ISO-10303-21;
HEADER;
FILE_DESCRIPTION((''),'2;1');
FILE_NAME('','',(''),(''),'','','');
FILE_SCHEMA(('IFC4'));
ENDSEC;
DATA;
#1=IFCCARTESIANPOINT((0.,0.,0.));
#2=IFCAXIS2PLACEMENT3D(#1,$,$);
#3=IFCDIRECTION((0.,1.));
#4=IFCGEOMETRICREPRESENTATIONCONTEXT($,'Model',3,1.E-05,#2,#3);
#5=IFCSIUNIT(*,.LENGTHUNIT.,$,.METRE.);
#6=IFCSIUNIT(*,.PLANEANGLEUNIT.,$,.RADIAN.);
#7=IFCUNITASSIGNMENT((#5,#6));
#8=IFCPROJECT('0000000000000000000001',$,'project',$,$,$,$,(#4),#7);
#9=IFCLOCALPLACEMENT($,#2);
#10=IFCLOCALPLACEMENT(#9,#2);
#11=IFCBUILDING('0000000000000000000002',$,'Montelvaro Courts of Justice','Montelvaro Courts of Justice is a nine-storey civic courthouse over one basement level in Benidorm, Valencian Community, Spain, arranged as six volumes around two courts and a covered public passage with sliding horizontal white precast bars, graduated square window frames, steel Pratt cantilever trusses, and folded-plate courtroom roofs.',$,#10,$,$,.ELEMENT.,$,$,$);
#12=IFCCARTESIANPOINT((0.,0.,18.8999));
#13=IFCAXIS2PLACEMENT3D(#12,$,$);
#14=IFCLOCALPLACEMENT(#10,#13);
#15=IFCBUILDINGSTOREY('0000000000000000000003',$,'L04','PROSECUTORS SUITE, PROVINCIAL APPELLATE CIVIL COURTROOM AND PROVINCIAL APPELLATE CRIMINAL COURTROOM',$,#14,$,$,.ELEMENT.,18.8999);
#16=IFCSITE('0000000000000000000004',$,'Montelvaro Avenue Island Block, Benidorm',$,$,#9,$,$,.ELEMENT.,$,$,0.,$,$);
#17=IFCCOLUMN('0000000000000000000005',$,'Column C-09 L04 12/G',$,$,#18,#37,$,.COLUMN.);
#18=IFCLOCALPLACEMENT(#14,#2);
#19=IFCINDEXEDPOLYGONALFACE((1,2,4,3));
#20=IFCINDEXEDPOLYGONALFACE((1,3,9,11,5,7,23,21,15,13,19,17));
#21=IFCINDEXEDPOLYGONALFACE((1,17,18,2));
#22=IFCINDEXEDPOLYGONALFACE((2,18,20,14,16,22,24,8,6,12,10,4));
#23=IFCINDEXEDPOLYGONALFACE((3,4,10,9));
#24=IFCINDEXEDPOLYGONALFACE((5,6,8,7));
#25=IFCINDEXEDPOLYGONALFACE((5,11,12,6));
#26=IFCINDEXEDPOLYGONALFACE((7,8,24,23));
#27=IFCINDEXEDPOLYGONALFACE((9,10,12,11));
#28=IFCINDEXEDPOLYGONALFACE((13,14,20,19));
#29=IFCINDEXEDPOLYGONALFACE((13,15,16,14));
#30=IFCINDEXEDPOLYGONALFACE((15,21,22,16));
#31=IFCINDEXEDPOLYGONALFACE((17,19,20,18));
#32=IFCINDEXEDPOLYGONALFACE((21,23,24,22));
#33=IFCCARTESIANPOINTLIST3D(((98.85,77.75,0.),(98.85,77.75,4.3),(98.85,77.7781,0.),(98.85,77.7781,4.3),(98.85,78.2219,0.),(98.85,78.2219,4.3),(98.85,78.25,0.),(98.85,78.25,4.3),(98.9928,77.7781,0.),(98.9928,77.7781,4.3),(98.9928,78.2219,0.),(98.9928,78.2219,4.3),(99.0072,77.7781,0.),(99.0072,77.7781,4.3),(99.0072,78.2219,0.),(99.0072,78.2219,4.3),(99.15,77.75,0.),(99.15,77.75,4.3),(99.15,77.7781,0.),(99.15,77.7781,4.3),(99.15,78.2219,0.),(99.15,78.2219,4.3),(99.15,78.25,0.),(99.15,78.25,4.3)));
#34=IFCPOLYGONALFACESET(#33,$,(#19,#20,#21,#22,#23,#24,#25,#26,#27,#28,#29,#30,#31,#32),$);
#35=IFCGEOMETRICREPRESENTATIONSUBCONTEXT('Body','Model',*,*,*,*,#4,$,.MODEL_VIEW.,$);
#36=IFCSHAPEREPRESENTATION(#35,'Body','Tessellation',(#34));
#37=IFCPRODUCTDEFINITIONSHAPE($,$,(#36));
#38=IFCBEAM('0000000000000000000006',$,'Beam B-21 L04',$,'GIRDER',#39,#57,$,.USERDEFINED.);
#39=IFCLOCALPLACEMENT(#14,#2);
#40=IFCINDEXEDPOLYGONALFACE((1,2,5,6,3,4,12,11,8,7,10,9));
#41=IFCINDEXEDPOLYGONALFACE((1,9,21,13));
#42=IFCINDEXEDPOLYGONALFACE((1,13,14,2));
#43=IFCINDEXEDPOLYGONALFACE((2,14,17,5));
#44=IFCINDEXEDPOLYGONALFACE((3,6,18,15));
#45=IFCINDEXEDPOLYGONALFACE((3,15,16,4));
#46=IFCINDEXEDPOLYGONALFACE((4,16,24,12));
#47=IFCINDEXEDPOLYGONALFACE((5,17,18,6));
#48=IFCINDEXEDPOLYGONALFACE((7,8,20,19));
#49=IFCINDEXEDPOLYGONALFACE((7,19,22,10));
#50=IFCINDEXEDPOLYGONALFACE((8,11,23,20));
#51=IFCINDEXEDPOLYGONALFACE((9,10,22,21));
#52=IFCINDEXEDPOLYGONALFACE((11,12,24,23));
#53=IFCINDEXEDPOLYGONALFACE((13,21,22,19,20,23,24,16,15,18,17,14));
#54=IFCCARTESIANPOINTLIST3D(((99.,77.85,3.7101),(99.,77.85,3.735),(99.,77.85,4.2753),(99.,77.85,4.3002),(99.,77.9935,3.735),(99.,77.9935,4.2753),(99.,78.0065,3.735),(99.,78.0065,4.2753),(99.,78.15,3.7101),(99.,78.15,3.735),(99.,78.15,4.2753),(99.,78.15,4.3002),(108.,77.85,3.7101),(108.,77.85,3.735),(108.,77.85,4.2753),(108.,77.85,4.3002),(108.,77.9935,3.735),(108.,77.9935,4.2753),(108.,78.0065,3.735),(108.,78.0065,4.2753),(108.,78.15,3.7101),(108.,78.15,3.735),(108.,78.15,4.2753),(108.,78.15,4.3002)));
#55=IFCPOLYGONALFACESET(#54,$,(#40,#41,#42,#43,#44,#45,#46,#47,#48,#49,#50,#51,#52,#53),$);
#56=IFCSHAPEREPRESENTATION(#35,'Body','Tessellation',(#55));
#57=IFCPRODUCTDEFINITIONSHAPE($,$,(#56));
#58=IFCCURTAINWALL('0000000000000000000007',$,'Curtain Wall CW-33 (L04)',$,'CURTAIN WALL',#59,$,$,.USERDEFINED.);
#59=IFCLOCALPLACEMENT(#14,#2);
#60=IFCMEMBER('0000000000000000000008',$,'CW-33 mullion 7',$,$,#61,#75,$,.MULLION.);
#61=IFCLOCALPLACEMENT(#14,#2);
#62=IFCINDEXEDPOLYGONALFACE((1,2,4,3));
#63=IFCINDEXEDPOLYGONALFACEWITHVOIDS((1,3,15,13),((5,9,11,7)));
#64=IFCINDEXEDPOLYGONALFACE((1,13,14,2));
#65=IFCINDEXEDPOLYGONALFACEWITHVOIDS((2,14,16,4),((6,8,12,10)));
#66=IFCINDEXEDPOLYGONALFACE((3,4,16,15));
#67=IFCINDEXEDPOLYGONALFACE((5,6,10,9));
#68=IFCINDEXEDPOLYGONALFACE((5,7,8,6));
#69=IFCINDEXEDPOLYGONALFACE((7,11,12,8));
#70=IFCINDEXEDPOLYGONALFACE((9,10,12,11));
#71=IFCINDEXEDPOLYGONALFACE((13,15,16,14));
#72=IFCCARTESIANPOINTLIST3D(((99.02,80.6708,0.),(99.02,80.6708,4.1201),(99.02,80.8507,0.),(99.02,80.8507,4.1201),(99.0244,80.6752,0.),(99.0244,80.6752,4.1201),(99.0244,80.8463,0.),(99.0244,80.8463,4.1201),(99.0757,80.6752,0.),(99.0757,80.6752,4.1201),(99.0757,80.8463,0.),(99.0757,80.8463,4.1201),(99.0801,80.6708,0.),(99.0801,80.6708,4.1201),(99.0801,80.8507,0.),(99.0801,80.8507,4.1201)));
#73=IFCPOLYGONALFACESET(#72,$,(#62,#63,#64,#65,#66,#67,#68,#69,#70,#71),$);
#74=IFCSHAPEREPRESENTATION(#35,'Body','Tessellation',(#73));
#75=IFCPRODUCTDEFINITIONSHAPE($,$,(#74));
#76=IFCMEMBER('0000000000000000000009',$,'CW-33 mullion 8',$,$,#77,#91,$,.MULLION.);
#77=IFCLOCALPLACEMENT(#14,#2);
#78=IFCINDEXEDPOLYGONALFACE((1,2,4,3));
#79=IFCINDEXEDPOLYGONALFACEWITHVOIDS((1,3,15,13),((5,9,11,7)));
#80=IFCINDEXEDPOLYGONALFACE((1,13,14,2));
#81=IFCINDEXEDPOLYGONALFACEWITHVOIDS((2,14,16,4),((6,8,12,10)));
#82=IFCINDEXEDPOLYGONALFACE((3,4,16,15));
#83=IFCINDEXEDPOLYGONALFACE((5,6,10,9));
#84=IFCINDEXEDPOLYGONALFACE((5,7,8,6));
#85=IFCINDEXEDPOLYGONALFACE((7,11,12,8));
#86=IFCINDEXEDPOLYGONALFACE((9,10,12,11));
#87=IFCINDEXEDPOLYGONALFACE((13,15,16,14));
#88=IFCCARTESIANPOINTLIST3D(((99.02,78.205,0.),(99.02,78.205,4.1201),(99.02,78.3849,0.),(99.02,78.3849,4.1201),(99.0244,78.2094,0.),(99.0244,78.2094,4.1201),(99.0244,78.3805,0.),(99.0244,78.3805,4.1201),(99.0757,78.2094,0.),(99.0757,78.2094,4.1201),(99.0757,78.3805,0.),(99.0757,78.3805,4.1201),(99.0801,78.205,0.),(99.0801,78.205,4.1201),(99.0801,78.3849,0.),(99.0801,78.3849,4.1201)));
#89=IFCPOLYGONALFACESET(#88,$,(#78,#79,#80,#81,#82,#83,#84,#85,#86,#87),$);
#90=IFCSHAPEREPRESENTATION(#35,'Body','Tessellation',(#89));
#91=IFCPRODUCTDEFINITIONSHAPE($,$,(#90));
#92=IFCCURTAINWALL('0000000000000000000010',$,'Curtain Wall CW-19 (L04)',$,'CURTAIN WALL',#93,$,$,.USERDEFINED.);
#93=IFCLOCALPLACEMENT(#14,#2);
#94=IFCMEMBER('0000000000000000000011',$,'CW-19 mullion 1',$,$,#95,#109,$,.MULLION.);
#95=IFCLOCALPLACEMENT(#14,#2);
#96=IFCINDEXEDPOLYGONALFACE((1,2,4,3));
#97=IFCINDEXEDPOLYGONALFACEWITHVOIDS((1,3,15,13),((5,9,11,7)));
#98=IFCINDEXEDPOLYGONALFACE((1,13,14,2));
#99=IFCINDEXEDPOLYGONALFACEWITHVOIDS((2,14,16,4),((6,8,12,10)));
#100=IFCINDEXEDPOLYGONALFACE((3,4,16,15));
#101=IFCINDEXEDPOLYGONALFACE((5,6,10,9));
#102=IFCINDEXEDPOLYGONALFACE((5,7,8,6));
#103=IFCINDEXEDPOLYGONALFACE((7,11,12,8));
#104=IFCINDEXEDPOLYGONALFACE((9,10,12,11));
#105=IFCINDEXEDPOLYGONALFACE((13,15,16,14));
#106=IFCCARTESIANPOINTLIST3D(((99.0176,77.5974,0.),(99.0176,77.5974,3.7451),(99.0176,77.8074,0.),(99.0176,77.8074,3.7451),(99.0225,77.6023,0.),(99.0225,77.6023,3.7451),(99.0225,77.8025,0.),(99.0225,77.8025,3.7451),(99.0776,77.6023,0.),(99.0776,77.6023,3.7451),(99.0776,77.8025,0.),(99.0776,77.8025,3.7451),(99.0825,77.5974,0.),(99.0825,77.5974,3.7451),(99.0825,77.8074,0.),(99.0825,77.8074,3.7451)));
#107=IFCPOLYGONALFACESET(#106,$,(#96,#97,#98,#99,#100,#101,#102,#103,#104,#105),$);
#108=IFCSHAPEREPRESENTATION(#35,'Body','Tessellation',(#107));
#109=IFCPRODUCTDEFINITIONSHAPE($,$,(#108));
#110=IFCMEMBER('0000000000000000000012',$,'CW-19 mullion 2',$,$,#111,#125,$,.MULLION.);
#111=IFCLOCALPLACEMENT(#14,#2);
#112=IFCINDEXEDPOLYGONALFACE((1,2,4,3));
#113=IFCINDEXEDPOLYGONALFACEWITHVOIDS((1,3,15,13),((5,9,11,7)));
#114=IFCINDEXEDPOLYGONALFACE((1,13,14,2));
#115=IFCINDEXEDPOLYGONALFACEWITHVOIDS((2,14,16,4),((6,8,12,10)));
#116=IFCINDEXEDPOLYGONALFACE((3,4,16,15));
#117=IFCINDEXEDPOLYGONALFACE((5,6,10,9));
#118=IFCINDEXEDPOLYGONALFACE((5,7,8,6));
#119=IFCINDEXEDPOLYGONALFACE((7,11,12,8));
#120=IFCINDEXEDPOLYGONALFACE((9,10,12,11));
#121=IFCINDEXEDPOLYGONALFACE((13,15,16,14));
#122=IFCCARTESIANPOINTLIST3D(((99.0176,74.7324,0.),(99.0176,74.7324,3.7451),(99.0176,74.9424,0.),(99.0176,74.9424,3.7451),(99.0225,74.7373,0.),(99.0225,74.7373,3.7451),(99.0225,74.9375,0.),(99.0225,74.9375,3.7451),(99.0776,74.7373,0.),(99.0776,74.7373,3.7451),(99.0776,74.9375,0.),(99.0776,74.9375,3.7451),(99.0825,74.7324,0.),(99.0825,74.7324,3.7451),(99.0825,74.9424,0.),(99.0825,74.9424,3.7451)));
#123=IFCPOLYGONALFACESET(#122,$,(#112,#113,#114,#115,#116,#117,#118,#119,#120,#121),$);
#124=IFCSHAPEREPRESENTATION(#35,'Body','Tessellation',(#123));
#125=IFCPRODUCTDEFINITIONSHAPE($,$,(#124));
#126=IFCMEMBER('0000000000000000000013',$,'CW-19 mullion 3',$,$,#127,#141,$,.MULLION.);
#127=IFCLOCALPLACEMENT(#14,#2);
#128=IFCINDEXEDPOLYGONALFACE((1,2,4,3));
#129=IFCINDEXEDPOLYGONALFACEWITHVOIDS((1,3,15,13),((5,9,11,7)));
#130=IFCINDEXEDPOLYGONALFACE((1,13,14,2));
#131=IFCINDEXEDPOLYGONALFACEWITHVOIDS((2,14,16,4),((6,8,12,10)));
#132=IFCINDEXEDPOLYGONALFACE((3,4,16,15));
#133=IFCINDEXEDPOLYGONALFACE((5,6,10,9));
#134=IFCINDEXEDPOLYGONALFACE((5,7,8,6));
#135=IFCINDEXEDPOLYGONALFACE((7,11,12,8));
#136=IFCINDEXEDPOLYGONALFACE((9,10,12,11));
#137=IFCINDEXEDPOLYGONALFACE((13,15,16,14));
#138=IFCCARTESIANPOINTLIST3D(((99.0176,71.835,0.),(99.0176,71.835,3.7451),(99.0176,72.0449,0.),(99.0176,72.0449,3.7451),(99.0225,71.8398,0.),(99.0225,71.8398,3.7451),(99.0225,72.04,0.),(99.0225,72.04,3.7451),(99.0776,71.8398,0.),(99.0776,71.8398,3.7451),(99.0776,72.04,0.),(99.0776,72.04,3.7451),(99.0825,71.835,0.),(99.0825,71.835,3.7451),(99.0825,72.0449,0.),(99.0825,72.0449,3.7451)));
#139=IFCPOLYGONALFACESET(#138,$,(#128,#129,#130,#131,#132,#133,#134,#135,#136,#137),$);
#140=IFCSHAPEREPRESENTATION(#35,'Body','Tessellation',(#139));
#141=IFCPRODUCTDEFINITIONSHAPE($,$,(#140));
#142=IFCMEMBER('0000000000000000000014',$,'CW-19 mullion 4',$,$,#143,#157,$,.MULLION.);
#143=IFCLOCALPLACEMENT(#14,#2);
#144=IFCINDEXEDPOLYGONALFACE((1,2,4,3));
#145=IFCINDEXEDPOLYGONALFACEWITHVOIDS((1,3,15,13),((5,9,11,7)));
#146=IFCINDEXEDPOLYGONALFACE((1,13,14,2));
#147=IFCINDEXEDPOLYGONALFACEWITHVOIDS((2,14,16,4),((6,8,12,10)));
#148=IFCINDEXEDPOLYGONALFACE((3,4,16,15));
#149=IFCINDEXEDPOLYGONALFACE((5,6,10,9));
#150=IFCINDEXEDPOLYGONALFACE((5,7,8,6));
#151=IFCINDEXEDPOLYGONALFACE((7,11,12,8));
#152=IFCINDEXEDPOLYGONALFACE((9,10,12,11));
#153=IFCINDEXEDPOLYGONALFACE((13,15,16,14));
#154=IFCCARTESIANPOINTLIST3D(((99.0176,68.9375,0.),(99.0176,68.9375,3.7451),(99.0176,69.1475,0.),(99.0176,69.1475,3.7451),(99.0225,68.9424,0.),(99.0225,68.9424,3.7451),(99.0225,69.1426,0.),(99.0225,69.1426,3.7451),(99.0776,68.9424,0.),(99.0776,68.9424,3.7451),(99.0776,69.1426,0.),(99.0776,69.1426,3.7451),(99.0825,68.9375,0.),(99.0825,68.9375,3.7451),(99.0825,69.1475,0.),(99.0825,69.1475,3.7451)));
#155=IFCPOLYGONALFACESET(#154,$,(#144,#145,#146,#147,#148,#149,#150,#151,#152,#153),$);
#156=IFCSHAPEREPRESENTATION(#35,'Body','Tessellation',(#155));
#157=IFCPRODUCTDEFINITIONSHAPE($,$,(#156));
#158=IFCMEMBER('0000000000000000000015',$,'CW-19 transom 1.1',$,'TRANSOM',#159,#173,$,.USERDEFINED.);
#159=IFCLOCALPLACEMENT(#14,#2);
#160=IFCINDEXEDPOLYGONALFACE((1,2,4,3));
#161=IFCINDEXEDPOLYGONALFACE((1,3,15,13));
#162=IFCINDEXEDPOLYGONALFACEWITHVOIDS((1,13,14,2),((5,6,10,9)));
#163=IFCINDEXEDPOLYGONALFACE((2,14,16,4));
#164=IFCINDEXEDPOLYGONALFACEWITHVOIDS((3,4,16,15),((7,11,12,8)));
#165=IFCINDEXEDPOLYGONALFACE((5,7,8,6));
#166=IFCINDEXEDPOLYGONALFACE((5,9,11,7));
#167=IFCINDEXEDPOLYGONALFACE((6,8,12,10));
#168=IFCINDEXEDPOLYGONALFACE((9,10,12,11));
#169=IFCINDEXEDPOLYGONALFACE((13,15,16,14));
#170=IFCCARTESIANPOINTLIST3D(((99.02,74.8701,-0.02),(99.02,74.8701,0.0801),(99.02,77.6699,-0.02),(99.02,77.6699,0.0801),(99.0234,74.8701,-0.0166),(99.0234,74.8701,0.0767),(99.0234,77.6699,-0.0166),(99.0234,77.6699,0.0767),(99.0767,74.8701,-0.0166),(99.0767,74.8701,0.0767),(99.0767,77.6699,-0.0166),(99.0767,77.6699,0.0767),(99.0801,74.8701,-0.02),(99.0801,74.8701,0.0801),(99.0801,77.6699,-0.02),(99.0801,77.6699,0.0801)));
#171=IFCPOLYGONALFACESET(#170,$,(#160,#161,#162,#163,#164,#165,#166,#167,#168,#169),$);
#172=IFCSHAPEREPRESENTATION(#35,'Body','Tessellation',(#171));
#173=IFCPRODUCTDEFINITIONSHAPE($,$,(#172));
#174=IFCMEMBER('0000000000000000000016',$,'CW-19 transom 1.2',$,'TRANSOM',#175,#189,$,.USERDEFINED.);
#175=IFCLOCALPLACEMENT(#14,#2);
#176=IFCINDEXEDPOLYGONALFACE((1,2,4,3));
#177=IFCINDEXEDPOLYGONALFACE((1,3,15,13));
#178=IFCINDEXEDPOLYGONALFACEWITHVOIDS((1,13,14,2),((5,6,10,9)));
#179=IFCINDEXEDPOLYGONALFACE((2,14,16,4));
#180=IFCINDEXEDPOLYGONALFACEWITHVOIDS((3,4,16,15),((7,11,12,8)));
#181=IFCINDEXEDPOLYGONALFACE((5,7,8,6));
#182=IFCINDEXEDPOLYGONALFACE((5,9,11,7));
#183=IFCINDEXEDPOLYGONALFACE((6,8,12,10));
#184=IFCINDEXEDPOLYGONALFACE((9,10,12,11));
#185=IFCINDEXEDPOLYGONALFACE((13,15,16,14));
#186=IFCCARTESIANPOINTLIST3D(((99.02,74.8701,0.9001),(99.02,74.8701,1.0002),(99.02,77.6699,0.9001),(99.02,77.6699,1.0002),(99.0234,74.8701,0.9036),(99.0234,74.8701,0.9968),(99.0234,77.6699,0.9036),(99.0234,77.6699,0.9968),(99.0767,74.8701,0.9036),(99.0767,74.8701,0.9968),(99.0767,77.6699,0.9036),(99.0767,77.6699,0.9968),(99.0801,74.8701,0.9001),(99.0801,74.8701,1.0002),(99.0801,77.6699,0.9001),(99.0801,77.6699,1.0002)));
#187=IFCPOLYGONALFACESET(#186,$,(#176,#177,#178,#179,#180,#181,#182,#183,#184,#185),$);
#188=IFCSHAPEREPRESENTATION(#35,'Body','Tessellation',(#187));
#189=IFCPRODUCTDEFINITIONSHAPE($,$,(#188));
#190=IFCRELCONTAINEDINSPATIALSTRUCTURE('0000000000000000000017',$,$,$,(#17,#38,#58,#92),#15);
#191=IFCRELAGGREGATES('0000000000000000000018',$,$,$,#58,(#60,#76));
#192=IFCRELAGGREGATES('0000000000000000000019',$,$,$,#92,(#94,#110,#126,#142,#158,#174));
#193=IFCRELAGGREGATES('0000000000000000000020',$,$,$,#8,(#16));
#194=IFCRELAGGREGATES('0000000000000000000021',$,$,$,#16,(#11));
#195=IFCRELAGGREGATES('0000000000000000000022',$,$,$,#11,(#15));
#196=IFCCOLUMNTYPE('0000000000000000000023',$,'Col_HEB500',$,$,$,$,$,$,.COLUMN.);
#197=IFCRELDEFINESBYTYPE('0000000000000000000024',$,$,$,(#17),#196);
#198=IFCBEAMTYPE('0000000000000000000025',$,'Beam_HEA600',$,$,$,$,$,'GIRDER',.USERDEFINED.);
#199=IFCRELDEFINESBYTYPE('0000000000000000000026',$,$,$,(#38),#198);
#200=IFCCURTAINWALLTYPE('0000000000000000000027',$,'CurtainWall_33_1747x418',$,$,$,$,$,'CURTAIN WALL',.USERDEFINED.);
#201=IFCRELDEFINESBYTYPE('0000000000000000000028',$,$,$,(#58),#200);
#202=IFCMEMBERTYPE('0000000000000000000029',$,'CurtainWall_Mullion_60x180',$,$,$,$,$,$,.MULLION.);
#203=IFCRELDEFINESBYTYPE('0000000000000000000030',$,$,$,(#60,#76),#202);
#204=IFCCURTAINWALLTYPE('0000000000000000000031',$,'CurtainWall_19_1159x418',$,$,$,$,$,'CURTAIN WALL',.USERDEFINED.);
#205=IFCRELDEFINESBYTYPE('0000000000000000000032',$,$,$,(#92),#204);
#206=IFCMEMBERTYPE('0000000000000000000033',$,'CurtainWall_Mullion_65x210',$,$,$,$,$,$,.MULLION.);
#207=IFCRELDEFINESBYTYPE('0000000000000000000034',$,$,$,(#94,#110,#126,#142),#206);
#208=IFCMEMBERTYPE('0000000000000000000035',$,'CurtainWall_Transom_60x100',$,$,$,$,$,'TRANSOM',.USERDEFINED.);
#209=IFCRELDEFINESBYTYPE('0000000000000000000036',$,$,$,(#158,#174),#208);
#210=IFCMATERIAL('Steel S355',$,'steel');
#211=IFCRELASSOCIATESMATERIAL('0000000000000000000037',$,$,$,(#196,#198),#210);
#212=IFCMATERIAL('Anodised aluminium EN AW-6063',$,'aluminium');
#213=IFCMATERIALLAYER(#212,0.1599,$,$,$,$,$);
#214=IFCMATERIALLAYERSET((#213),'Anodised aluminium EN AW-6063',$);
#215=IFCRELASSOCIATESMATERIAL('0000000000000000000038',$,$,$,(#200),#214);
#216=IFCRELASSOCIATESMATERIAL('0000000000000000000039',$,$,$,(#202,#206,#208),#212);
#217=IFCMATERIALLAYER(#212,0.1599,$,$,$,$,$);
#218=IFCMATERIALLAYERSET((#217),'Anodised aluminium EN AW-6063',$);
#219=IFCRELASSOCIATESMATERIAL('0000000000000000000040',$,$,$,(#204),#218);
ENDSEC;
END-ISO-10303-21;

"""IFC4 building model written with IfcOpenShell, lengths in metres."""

from ifc_helpers import new_model, si_unit, direction, frame, origin, origin_2d, place, context, subcontext, project, spatial, hollow_rectangle, i_section, extrude, material, layer, layer_set, material_profile, profile_set, type_object, element, aggregate, save


model = new_model("IFC4")

# Units and contexts
model_context = context("Model", 3, precision=1e-05, world=origin(), true_north=direction((0.0, 1.0)))
body_context = subcontext(model_context, "Body", "Model", "MODEL_VIEW")
ifc_project = project(units=[si_unit("LENGTHUNIT", "METRE"), si_unit("PLANEANGLEUNIT", "RADIAN")], contexts=[model_context])

# Site, building, storey
site_placement = place(None, origin())
site = spatial("IfcSite", under=ifc_project, at=site_placement, Name="Montelvaro Avenue Island Block, Benidorm", CompositionType="ELEMENT", RefElevation=0.0)
building_placement = place(site_placement, origin())
building = spatial("IfcBuilding", under=site, at=building_placement, Name="Montelvaro Courts of Justice", Description="Montelvaro Courts of Justice is a nine-storey civic courthouse over one basement level in Benidorm, Valencian Community, Spain, arranged as six volumes around two courts and a covered public passage with sliding horizontal white precast bars, graduated square window frames, steel Pratt cantilever trusses, and folded-plate courtroom roofs.", CompositionType="ELEMENT")
storey_placement = place(building_placement, frame((0.0, 0.0, 18.8999)))
storey = spatial("IfcBuildingStorey", under=building, at=storey_placement, Name="L04", Description="PROSECUTORS SUITE, PROVINCIAL APPELLATE CIVIL COURTROOM AND PROVINCIAL APPELLATE CRIMINAL COURTROOM", CompositionType="ELEMENT", Elevation=18.8999)

# Column
ifc_material_1 = material(Name="Steel S355", Category="steel")
ifc_material_profile_1 = material_profile(ifc_material_1, i_section(OverallWidth=0.3, OverallDepth=0.5, WebThickness=0.0144, FlangeThickness=0.0281, at=origin_2d()), Name="HEB 500")
ifc_profile_set_1 = profile_set([ifc_material_profile_1], Name="Steel S355")
column_type = type_object("IfcColumnType", Name="Col_HEB500", PredefinedType="COLUMN", material=ifc_profile_set_1)
column_placement = place(storey_placement, frame((99.0, 78.0, 0.0), z_axis=(0.0, 0.0, 1.0), x_axis=(1.0, 0.0, 0.0)))
element("IfcColumn", 1, at=column_placement, inside=storey, type_object=column_type, Name="Column C-09 L04 12/G", PredefinedType="COLUMN", context=body_context, shape_type="SweptSolid", body=[
    extrude(i_section(OverallWidth=0.3, OverallDepth=0.5, WebThickness=0.0144, FlangeThickness=0.0281, at=origin_2d()), origin(), (0.0, 0.0, 1.0), 4.3),
])

# Beam
ifc_material_profile_2 = material_profile(ifc_material_1, i_section(OverallWidth=0.3, OverallDepth=0.5901, WebThickness=0.0129, FlangeThickness=0.0249, at=origin_2d()), Name="HEA 600")
ifc_profile_set_2 = profile_set([ifc_material_profile_2], Name="Steel S355")
beam_type = type_object("IfcBeamType", Name="Beam_HEA600", ElementType="GIRDER", PredefinedType="USERDEFINED", material=ifc_profile_set_2)
beam_placement = place(storey_placement, frame((99.0, 78.0, 4.0051), z_axis=(1.0, 0.0, 0.0), x_axis=(0.0, 1.0, 0.0)))
element("IfcBeam", 2, at=beam_placement, inside=storey, type_object=beam_type, Name="Beam B-21 L04", ObjectType="GIRDER", PredefinedType="USERDEFINED", context=body_context, shape_type="SweptSolid", body=[
    extrude(i_section(OverallWidth=0.3, OverallDepth=0.5901, WebThickness=0.0129, FlangeThickness=0.0249, at=origin_2d()), origin(), (0.0, 0.0, 1.0), 9.0),
])

# Curtain walls, members
ifc_material_2 = material(Name="Anodised aluminium EN AW-6063", Category="aluminium")
ifc_layer_1 = layer(ifc_material_2, 0.1599)
ifc_layer_set_1 = layer_set([ifc_layer_1], Name="Anodised aluminium EN AW-6063")
curtain_wall_type_1 = type_object("IfcCurtainWallType", Name="CurtainWall_33_1747x418", ElementType="CURTAIN WALL", PredefinedType="USERDEFINED", material=ifc_layer_set_1)
curtain_wall_1_placement = place(storey_placement, origin())
curtain_wall_1 = element("IfcCurtainWall", 3, at=curtain_wall_1_placement, inside=storey, type_object=curtain_wall_type_1, Name="Curtain Wall CW-33 (L04)", ObjectType="CURTAIN WALL", PredefinedType="USERDEFINED")
ifc_material_profile_3 = material_profile(ifc_material_2, hollow_rectangle(XDim=0.0601, YDim=0.1799, WallThickness=0.0044, at=origin_2d()), Name="ALU-M 60x180")
ifc_profile_set_3 = profile_set([ifc_material_profile_3], Name="Anodised aluminium EN AW-6063")
member_type_1 = type_object("IfcMemberType", Name="CurtainWall_Mullion_60x180", PredefinedType="MULLION", material=ifc_profile_set_3)
member_1_placement = place(storey_placement, frame((99.05, 80.7607, 0.0), z_axis=(0.0, 0.0, 1.0), x_axis=(1.0, 0.0, 0.0)))
member_1 = element("IfcMember", 4, at=member_1_placement, type_object=member_type_1, Name="CW-33 mullion 7", PredefinedType="MULLION", context=body_context, shape_type="SweptSolid", body=[
    extrude(hollow_rectangle(XDim=0.0601, YDim=0.1799, WallThickness=0.0044, at=origin_2d()), origin(), (0.0, 0.0, 1.0), 4.1201),
])
member_2_placement = place(storey_placement, frame((99.05, 78.2949, 0.0), z_axis=(0.0, 0.0, 1.0), x_axis=(1.0, 0.0, 0.0)))
member_2 = element("IfcMember", 5, at=member_2_placement, type_object=member_type_1, Name="CW-33 mullion 8", PredefinedType="MULLION", context=body_context, shape_type="SweptSolid", body=[
    extrude(hollow_rectangle(XDim=0.0601, YDim=0.1799, WallThickness=0.0044, at=origin_2d()), origin(), (0.0, 0.0, 1.0), 4.1201),
])
ifc_layer_2 = layer(ifc_material_2, 0.1599)
ifc_layer_set_2 = layer_set([ifc_layer_2], Name="Anodised aluminium EN AW-6063")
curtain_wall_type_2 = type_object("IfcCurtainWallType", Name="CurtainWall_19_1159x418", ElementType="CURTAIN WALL", PredefinedType="USERDEFINED", material=ifc_layer_set_2)
curtain_wall_2_placement = place(storey_placement, origin())
curtain_wall_2 = element("IfcCurtainWall", 6, at=curtain_wall_2_placement, inside=storey, type_object=curtain_wall_type_2, Name="Curtain Wall CW-19 (L04)", ObjectType="CURTAIN WALL", PredefinedType="USERDEFINED")
ifc_material_profile_4 = material_profile(ifc_material_2, hollow_rectangle(XDim=0.0649, YDim=0.21, WallThickness=0.0049, at=origin_2d()), Name="ALU-M 65x210")
ifc_profile_set_4 = profile_set([ifc_material_profile_4], Name="Anodised aluminium EN AW-6063")
member_type_2 = type_object("IfcMemberType", Name="CurtainWall_Mullion_65x210", PredefinedType="MULLION", material=ifc_profile_set_4)
member_3_placement = place(storey_placement, frame((99.05, 77.7024, 0.0), z_axis=(0.0, 0.0, 1.0), x_axis=(1.0, 0.0, 0.0)))
member_3 = element("IfcMember", 7, at=member_3_placement, type_object=member_type_2, Name="CW-19 mullion 1", PredefinedType="MULLION", context=body_context, shape_type="SweptSolid", body=[
    extrude(hollow_rectangle(XDim=0.0649, YDim=0.21, WallThickness=0.0049, at=origin_2d()), origin(), (0.0, 0.0, 1.0), 3.7451),
])
member_4_placement = place(storey_placement, frame((99.05, 74.8374, 0.0), z_axis=(0.0, 0.0, 1.0), x_axis=(1.0, 0.0, 0.0)))
member_4 = element("IfcMember", 8, at=member_4_placement, type_object=member_type_2, Name="CW-19 mullion 2", PredefinedType="MULLION", context=body_context, shape_type="SweptSolid", body=[
    extrude(hollow_rectangle(XDim=0.0649, YDim=0.21, WallThickness=0.0049, at=origin_2d()), origin(), (0.0, 0.0, 1.0), 3.7451),
])
member_5_placement = place(storey_placement, frame((99.05, 71.9399, 0.0), z_axis=(0.0, 0.0, 1.0), x_axis=(1.0, 0.0, 0.0)))
member_5 = element("IfcMember", 9, at=member_5_placement, type_object=member_type_2, Name="CW-19 mullion 3", PredefinedType="MULLION", context=body_context, shape_type="SweptSolid", body=[
    extrude(hollow_rectangle(XDim=0.0649, YDim=0.21, WallThickness=0.0049, at=origin_2d()), origin(), (0.0, 0.0, 1.0), 3.7451),
])
member_6_placement = place(storey_placement, frame((99.05, 69.0425, 0.0), z_axis=(0.0, 0.0, 1.0), x_axis=(1.0, 0.0, 0.0)))
member_6 = element("IfcMember", 10, at=member_6_placement, type_object=member_type_2, Name="CW-19 mullion 4", PredefinedType="MULLION", context=body_context, shape_type="SweptSolid", body=[
    extrude(hollow_rectangle(XDim=0.0649, YDim=0.21, WallThickness=0.0049, at=origin_2d()), origin(), (0.0, 0.0, 1.0), 3.7451),
])
ifc_material_profile_5 = material_profile(ifc_material_2, hollow_rectangle(XDim=0.0601, YDim=0.1001, WallThickness=0.0034, at=origin_2d()), Name="ALU-T 60x100")
ifc_profile_set_5 = profile_set([ifc_material_profile_5], Name="Anodised aluminium EN AW-6063")
member_type_3 = type_object("IfcMemberType", Name="CurtainWall_Transom_60x100", ElementType="TRANSOM", PredefinedType="USERDEFINED", material=ifc_profile_set_5)
member_7_placement = place(storey_placement, frame((99.05, 77.6699, 0.03), z_axis=(0.0, -1.0, 0.0), x_axis=(1.0, 0.0, 0.0)))
member_7 = element("IfcMember", 11, at=member_7_placement, type_object=member_type_3, Name="CW-19 transom 1.1", ObjectType="TRANSOM", PredefinedType="USERDEFINED", context=body_context, shape_type="SweptSolid", body=[
    extrude(hollow_rectangle(XDim=0.0601, YDim=0.1001, WallThickness=0.0034, at=origin_2d()), origin(), (0.0, 0.0, 1.0), 2.7998),
])
member_8_placement = place(storey_placement, frame((99.05, 77.6699, 0.9502), z_axis=(0.0, -1.0, 0.0), x_axis=(1.0, 0.0, 0.0)))
member_8 = element("IfcMember", 12, at=member_8_placement, type_object=member_type_3, Name="CW-19 transom 1.2", ObjectType="TRANSOM", PredefinedType="USERDEFINED", context=body_context, shape_type="SweptSolid", body=[
    extrude(hollow_rectangle(XDim=0.0601, YDim=0.1001, WallThickness=0.0034, at=origin_2d()), origin(), (0.0, 0.0, 1.0), 2.7998),
])

aggregate(curtain_wall_1, [member_1, member_2])
aggregate(curtain_wall_2, [member_3, member_4, member_5, member_6, member_7, member_8])

save(model, "model.ifc")
